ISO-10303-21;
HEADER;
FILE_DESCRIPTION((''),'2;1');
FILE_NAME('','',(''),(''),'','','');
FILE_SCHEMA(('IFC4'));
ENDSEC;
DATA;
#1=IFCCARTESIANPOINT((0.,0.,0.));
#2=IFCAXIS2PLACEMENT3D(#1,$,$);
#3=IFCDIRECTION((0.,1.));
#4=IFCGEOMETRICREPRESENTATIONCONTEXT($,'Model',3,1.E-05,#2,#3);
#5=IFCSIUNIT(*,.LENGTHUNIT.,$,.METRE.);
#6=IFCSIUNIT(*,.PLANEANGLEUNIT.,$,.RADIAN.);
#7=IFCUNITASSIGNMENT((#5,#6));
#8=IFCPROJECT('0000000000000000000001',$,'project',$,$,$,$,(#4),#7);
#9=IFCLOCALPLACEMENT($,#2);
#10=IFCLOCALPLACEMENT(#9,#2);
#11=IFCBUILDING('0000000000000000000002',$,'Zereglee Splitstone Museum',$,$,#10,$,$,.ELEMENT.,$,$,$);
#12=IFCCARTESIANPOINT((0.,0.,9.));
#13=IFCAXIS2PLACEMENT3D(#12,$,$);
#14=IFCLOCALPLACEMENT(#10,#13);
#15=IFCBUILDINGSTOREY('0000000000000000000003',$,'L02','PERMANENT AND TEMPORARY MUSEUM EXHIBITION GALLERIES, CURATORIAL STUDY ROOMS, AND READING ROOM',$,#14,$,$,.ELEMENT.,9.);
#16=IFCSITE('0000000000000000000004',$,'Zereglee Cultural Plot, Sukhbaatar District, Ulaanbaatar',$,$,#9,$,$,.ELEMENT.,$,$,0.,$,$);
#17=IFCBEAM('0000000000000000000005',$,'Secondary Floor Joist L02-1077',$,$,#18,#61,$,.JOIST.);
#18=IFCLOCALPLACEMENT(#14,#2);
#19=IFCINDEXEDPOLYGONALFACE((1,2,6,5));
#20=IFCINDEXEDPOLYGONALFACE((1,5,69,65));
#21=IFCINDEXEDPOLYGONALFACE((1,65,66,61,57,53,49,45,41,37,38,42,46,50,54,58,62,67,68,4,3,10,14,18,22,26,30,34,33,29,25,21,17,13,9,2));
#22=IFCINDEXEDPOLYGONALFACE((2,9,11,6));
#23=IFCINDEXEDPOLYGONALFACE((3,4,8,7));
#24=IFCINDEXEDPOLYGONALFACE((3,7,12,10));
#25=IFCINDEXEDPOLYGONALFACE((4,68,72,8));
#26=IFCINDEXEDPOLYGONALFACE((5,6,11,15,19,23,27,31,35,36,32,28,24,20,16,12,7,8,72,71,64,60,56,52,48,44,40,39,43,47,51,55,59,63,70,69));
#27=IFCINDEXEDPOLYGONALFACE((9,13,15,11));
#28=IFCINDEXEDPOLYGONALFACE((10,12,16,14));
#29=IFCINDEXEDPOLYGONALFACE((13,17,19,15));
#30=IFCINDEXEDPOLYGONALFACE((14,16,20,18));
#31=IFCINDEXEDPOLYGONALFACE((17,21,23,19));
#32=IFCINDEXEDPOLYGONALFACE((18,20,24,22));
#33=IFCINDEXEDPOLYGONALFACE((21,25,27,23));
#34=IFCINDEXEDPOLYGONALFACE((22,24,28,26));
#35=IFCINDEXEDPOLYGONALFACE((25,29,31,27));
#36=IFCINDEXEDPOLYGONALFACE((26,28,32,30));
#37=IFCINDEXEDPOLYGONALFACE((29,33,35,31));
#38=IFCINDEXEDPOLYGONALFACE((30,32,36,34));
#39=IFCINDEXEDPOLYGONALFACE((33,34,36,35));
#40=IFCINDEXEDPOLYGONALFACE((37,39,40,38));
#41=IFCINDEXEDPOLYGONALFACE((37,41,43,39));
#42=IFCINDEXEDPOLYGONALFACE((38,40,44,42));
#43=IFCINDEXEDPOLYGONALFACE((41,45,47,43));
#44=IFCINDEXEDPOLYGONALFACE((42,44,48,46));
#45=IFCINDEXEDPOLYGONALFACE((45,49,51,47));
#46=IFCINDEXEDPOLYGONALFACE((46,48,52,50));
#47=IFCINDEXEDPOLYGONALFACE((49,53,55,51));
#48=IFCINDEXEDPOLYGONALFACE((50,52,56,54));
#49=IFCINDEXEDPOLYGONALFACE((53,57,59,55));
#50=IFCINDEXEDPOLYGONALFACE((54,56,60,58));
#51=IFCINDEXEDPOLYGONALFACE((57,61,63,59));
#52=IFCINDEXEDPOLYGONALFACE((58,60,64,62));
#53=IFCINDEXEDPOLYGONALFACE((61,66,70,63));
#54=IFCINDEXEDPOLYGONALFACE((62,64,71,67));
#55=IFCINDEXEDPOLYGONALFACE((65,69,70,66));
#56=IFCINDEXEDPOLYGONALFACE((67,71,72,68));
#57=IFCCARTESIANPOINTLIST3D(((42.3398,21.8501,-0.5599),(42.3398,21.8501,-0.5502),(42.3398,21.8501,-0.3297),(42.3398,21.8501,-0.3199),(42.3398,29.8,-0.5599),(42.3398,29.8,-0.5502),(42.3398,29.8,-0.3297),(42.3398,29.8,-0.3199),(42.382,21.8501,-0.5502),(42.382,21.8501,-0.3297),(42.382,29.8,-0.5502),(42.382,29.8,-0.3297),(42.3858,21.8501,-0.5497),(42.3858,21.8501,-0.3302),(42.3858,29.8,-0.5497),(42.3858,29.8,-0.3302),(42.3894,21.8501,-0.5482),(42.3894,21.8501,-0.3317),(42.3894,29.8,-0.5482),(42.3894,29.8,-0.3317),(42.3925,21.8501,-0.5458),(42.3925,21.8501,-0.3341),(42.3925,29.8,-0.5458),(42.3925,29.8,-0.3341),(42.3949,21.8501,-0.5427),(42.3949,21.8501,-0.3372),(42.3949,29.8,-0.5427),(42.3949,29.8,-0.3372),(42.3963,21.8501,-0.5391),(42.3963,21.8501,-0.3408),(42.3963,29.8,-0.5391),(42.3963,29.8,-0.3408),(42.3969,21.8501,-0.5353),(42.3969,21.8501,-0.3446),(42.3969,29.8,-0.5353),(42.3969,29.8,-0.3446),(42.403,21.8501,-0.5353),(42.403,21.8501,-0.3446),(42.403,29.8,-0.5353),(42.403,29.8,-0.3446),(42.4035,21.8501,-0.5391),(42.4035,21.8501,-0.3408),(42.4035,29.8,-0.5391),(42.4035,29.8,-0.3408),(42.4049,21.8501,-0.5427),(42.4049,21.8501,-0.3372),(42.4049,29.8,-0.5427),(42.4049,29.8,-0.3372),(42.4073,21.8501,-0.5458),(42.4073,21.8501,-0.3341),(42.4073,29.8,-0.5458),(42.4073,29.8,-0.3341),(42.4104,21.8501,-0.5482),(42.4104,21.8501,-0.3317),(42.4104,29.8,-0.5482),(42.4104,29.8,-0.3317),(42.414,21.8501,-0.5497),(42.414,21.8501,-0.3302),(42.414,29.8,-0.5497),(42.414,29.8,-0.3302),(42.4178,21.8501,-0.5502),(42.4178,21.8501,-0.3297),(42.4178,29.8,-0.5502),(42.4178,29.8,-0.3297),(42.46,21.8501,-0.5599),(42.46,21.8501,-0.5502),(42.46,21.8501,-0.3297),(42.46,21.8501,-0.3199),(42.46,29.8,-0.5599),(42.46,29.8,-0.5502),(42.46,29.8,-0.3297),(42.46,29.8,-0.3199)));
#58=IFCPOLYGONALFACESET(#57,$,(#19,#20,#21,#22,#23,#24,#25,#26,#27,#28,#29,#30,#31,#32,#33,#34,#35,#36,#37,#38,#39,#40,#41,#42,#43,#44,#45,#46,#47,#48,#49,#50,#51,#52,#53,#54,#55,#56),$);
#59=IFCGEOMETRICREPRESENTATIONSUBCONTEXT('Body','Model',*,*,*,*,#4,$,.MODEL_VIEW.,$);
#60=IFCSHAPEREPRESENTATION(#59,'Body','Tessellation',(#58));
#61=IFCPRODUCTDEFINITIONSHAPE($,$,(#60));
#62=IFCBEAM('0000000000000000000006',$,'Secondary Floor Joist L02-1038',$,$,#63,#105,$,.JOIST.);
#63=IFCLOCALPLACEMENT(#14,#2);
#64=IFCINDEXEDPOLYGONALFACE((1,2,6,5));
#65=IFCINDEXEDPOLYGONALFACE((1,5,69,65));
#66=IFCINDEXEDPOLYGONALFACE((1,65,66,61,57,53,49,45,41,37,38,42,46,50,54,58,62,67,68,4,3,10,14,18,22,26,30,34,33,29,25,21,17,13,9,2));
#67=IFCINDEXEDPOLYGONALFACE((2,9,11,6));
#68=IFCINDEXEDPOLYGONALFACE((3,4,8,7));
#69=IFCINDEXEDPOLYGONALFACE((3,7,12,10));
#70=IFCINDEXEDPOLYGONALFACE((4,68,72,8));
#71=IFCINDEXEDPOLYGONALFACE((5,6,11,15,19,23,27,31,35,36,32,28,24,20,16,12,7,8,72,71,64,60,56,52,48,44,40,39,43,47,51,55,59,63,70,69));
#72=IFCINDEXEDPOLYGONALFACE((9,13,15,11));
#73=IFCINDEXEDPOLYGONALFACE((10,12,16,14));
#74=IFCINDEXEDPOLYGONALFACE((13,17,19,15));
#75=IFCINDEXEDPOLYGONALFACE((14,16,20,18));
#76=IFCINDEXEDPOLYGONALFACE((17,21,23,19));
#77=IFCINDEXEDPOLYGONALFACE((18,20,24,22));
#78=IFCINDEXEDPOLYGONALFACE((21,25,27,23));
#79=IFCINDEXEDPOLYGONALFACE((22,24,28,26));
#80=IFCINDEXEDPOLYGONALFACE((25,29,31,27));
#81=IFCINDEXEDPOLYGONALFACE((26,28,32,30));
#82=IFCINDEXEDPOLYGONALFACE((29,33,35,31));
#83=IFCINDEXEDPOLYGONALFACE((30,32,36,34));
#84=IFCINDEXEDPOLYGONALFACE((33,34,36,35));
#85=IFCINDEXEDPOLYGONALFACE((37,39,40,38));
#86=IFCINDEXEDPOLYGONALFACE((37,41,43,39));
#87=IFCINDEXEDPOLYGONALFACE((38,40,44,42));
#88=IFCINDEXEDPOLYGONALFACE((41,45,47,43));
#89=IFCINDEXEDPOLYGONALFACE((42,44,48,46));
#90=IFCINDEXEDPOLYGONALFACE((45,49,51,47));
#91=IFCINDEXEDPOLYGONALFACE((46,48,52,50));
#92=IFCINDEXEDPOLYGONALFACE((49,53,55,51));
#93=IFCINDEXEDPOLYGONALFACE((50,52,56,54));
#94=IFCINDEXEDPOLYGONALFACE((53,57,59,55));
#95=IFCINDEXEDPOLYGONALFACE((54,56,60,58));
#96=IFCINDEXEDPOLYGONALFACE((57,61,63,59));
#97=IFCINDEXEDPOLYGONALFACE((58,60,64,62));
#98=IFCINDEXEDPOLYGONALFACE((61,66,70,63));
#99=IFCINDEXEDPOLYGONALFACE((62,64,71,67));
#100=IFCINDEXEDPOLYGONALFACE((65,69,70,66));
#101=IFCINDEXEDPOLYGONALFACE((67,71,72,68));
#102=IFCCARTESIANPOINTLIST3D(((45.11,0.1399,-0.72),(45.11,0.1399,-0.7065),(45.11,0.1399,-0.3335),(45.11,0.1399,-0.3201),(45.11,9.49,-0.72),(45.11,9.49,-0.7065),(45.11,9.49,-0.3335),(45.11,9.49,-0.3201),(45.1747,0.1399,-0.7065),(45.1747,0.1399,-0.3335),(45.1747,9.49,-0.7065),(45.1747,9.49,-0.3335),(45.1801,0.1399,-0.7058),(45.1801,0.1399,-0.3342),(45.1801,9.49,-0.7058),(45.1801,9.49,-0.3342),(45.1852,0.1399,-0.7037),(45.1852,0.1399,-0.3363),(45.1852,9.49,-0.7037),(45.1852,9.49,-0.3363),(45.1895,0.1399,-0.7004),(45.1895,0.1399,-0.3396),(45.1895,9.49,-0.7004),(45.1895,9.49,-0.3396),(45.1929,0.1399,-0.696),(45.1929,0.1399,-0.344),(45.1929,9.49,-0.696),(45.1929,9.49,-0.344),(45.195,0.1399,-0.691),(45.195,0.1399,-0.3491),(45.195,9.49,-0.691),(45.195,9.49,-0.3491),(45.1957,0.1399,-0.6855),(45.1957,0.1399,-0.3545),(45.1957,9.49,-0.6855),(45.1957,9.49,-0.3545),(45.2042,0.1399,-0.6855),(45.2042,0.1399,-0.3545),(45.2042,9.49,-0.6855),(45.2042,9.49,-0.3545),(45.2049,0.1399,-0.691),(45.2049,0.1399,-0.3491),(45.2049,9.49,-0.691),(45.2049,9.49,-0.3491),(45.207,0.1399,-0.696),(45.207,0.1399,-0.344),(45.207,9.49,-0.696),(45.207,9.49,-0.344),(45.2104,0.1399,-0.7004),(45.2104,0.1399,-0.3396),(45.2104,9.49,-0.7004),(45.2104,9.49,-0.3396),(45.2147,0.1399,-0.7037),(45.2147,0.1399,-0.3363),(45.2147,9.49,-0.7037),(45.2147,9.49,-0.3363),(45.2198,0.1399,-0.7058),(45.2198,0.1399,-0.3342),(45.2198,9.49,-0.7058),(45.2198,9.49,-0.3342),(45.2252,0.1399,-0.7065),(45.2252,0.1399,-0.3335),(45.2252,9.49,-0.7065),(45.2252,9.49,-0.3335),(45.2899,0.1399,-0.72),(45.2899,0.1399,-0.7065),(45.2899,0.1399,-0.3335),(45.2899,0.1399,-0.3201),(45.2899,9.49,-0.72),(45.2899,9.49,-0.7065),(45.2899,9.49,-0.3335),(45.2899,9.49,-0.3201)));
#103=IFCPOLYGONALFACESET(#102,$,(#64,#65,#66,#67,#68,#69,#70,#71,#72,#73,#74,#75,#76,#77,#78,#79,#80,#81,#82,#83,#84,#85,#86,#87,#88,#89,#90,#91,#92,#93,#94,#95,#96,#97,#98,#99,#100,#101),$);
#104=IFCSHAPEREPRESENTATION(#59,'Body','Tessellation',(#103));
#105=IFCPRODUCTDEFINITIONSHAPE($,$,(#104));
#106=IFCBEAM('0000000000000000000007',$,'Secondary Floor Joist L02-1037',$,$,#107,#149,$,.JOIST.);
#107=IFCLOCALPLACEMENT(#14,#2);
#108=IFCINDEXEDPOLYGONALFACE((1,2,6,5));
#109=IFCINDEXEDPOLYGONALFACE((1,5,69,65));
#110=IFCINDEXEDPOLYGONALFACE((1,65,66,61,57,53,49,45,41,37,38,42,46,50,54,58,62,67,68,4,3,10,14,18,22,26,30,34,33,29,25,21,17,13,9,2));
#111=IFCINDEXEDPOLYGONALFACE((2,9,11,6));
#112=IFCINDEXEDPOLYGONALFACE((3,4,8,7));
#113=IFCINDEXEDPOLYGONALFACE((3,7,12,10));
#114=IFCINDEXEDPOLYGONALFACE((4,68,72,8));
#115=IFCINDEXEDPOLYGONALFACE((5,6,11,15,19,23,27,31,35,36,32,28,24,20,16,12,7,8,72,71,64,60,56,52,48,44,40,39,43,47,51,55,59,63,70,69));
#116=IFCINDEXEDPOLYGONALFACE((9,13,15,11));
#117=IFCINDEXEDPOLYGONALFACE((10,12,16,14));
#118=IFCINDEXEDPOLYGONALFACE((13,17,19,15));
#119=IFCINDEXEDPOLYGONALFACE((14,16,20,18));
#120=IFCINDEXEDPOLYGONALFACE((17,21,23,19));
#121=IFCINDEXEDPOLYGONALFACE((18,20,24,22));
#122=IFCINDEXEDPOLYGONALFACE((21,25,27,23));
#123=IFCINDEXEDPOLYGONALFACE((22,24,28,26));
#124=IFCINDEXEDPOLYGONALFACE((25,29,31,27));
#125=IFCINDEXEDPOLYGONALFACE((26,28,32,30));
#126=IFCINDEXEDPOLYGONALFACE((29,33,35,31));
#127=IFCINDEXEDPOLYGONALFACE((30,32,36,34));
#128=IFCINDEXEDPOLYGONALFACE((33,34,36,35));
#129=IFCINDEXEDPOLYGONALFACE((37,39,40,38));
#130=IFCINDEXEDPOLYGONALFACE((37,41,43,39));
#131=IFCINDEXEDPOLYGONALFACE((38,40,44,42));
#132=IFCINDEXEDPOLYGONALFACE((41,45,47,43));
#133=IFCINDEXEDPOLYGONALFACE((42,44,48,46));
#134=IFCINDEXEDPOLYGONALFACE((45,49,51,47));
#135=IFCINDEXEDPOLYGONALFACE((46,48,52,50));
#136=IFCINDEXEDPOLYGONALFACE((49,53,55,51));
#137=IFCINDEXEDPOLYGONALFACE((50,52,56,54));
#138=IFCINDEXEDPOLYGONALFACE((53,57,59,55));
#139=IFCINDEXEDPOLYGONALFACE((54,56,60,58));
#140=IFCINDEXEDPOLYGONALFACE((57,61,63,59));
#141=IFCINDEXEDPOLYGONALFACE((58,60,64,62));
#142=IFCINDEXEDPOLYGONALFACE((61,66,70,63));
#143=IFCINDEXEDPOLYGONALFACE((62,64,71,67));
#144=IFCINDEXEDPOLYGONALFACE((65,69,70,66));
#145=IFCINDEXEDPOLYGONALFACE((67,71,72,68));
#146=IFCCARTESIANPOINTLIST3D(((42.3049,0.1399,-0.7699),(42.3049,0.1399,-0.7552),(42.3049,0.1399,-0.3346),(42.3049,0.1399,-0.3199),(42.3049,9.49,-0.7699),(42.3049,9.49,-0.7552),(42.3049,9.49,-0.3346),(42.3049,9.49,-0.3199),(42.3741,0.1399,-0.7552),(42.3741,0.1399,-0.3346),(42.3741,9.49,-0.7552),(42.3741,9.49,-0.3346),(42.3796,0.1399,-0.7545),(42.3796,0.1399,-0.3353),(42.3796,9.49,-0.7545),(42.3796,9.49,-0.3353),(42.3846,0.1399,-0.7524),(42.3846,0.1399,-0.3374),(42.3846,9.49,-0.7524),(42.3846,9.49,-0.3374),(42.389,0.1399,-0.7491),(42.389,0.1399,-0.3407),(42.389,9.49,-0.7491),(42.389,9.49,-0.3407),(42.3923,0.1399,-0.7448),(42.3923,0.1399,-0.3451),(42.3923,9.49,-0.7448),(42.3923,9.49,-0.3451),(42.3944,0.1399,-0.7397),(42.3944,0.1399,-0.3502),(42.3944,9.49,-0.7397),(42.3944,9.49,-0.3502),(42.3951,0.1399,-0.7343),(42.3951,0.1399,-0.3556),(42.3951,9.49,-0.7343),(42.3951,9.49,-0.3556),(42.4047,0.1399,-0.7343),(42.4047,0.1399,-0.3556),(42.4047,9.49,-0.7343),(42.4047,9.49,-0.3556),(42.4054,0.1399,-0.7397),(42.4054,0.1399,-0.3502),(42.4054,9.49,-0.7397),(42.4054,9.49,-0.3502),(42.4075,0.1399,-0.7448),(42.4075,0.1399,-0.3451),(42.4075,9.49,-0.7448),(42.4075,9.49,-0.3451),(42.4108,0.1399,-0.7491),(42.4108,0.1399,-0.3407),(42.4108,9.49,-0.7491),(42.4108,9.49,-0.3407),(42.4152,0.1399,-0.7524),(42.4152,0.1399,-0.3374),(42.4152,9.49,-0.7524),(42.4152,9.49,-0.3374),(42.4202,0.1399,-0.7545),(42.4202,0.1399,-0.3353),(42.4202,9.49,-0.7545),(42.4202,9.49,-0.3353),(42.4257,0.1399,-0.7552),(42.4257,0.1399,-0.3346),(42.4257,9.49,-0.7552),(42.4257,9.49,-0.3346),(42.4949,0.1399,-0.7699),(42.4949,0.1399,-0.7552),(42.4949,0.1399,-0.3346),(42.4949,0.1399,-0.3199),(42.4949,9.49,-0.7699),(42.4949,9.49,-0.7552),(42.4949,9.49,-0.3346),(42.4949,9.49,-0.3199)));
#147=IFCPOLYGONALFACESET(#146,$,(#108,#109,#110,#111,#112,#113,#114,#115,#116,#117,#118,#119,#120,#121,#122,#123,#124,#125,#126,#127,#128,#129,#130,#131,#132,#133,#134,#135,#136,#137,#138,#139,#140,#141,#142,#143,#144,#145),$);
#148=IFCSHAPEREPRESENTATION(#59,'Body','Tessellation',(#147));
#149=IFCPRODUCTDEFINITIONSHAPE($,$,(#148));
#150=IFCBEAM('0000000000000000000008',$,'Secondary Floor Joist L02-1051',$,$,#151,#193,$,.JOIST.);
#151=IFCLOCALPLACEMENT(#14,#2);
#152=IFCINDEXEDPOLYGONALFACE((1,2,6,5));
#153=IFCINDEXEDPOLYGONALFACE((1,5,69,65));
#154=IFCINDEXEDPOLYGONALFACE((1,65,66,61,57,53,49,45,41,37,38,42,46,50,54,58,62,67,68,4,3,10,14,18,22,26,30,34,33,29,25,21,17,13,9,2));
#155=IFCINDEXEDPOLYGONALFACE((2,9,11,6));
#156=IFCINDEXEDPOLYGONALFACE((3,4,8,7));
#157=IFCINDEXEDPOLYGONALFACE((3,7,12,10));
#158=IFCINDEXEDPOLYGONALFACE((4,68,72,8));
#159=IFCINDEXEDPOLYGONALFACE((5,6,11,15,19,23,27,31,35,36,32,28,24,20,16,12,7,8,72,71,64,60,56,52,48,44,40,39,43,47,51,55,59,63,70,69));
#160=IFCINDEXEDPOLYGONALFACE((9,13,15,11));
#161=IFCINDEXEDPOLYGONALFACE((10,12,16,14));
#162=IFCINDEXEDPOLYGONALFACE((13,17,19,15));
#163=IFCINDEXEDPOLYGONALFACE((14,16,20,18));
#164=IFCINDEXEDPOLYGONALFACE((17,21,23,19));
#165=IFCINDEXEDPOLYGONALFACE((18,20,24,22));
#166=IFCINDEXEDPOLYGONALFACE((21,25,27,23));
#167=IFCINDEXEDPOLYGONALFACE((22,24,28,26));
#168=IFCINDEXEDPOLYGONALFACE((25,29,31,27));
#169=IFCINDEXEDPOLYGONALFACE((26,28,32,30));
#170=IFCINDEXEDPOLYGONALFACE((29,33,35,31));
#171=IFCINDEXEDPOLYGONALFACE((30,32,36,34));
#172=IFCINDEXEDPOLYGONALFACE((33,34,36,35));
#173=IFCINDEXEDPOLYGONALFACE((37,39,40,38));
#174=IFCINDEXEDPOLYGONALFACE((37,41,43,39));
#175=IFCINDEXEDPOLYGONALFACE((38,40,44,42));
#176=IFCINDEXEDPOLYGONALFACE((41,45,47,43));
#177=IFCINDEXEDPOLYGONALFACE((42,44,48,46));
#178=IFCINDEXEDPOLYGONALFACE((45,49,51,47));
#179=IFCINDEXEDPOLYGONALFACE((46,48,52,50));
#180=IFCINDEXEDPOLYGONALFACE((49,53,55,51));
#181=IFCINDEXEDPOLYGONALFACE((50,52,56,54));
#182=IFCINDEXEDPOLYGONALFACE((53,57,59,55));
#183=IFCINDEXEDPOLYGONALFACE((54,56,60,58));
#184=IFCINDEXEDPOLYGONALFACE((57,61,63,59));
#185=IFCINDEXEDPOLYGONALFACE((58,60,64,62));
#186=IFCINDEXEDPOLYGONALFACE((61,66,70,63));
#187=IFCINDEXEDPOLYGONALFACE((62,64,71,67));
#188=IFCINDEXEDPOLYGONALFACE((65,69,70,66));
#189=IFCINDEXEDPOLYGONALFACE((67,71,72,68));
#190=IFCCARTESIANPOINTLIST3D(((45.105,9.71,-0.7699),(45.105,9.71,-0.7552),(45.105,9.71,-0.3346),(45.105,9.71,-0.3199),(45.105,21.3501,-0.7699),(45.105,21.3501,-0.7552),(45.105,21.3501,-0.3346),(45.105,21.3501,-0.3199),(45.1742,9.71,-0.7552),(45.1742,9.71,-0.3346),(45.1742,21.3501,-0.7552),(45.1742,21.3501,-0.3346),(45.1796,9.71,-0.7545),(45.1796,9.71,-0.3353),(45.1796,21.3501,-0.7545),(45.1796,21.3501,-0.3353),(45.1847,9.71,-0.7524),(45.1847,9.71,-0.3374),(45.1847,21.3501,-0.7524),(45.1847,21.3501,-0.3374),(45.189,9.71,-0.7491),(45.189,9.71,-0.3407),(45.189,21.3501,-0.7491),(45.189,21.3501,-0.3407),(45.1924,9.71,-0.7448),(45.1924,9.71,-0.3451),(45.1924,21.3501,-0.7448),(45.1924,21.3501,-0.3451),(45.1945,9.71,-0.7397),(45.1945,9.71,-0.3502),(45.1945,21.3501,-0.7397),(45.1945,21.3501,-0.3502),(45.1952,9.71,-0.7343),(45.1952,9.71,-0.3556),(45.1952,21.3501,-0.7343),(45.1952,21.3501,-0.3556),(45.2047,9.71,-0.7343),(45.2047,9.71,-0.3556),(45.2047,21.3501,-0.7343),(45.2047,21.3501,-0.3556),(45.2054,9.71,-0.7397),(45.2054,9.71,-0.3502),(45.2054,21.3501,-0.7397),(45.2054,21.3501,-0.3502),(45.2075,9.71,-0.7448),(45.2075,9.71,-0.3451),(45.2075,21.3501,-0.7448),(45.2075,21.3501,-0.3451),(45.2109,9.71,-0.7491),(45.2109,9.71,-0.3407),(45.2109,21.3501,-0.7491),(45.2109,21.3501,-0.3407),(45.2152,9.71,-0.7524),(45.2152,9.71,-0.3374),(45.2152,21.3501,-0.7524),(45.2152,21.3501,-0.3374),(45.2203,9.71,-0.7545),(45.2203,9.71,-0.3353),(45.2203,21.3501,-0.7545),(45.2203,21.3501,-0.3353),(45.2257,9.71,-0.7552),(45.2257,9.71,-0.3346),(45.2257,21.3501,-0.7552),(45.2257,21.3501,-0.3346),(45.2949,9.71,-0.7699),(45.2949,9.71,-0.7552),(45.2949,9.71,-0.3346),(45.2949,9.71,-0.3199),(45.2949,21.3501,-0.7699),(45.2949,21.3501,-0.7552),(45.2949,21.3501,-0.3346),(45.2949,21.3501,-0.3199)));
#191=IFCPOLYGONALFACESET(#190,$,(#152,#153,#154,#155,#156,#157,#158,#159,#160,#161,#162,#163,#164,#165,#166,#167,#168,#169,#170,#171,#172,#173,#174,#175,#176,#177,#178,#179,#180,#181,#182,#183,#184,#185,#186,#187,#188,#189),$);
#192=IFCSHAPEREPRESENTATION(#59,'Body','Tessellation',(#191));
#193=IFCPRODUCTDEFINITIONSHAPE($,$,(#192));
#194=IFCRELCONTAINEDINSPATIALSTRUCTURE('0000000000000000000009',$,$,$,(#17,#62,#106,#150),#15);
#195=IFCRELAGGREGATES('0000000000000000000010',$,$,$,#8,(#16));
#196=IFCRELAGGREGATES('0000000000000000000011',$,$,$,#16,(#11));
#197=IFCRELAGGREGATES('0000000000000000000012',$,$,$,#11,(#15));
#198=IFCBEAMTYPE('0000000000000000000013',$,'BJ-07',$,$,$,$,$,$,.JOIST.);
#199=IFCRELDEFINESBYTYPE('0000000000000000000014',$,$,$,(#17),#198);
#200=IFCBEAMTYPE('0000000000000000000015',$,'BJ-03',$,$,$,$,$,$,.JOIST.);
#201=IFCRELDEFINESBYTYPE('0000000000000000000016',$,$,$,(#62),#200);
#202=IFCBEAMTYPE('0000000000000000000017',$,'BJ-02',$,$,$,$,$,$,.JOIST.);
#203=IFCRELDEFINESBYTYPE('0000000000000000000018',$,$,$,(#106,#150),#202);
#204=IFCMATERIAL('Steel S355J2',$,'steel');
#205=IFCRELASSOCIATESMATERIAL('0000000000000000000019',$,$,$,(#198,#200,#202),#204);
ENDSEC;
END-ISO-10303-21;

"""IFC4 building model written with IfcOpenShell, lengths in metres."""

from ifc_helpers import new_model, si_unit, direction, frame, origin, origin_2d, place, context, subcontext, project, spatial, i_section, extrude, material, material_profile, profile_set, type_object, element, save


model = new_model("IFC4")

# Units and contexts
model_context = context("Model", 3, precision=1e-05, world=origin(), true_north=direction((0.0, 1.0)))
body_context = subcontext(model_context, "Body", "Model", "MODEL_VIEW")
ifc_project = project(units=[si_unit("LENGTHUNIT", "METRE"), si_unit("PLANEANGLEUNIT", "RADIAN")], contexts=[model_context])

# Site, building, storey
site_placement = place(None, origin())
site = spatial("IfcSite", under=ifc_project, at=site_placement, Name="Zereglee Cultural Plot, Sukhbaatar District, Ulaanbaatar", CompositionType="ELEMENT", RefElevation=0.0)
building_placement = place(site_placement, origin())
building = spatial("IfcBuilding", under=site, at=building_placement, Name="Zereglee Splitstone Museum", CompositionType="ELEMENT")
storey_placement = place(building_placement, frame((0.0, 0.0, 9.0)))
storey = spatial("IfcBuildingStorey", under=building, at=storey_placement, Name="L02", Description="PERMANENT AND TEMPORARY MUSEUM EXHIBITION GALLERIES, CURATORIAL STUDY ROOMS, AND READING ROOM", CompositionType="ELEMENT", Elevation=9.0)

# Shared definitions
ifc_material_1 = material(Name="Steel S355J2", Category="steel")

# Beams
ifc_material_profile_1 = material_profile(ifc_material_1, i_section(OverallWidth=0.1201, OverallDepth=0.24, WebThickness=0.0061, FlangeThickness=0.0098, FilletRadius=0.0149, at=origin_2d()), Name="IPE 240")
ifc_profile_set_1 = profile_set([ifc_material_profile_1], Name="Steel S355J2")
beam_type_1 = type_object("IfcBeamType", Name="BJ-07", PredefinedType="JOIST", material=ifc_profile_set_1)
beam_1_placement = place(storey_placement, frame((42.3999, 21.8501, -0.4399), z_axis=(0.0, 1.0, 0.0), x_axis=(-1.0, 0.0, 0.0)))
element("IfcBeam", 1, at=beam_1_placement, inside=storey, type_object=beam_type_1, Name="Secondary Floor Joist L02-1077", PredefinedType="JOIST", context=body_context, shape_type="SweptSolid", body=[
    extrude(i_section(OverallWidth=0.1201, OverallDepth=0.24, WebThickness=0.0061, FlangeThickness=0.0098, FilletRadius=0.0149, at=origin_2d()), origin(), (0.0, 0.0, 1.0), 7.95),
])
ifc_material_profile_2 = material_profile(ifc_material_1, i_section(OverallWidth=0.1799, OverallDepth=0.3999, WebThickness=0.0085, FlangeThickness=0.0134, FilletRadius=0.021, at=origin_2d()), Name="IPE 400")
ifc_profile_set_2 = profile_set([ifc_material_profile_2], Name="Steel S355J2")
beam_type_2 = type_object("IfcBeamType", Name="BJ-03", PredefinedType="JOIST", material=ifc_profile_set_2)
beam_2_placement = place(storey_placement, frame((45.2, 0.1399, -0.52), z_axis=(0.0, 1.0, 0.0), x_axis=(-1.0, 0.0, 0.0)))
element("IfcBeam", 2, at=beam_2_placement, inside=storey, type_object=beam_type_2, Name="Secondary Floor Joist L02-1038", PredefinedType="JOIST", context=body_context, shape_type="SweptSolid", body=[
    extrude(i_section(OverallWidth=0.1799, OverallDepth=0.3999, WebThickness=0.0085, FlangeThickness=0.0134, FilletRadius=0.021, at=origin_2d()), origin(), (0.0, 0.0, 1.0), 9.3501),
])
ifc_material_profile_3 = material_profile(ifc_material_1, i_section(OverallWidth=0.1899, OverallDepth=0.45, WebThickness=0.0095, FlangeThickness=0.0146, FilletRadius=0.021, at=origin_2d()), Name="IPE 450")
ifc_profile_set_3 = profile_set([ifc_material_profile_3], Name="Steel S355J2")
beam_type_3 = type_object("IfcBeamType", Name="BJ-02", PredefinedType="JOIST", material=ifc_profile_set_3)
beam_3_placement = place(storey_placement, frame((42.3999, 0.1399, -0.5449), z_axis=(0.0, 1.0, 0.0), x_axis=(-1.0, 0.0, 0.0)))
element("IfcBeam", 3, at=beam_3_placement, inside=storey, type_object=beam_type_3, Name="Secondary Floor Joist L02-1037", PredefinedType="JOIST", context=body_context, shape_type="SweptSolid", body=[
    extrude(i_section(OverallWidth=0.1899, OverallDepth=0.45, WebThickness=0.0095, FlangeThickness=0.0146, FilletRadius=0.021, at=origin_2d()), origin(), (0.0, 0.0, 1.0), 9.3501),
])
beam_4_placement = place(storey_placement, frame((45.2, 9.71, -0.5449), z_axis=(0.0, 1.0, 0.0), x_axis=(-1.0, 0.0, 0.0)))
element("IfcBeam", 4, at=beam_4_placement, inside=storey, type_object=beam_type_3, Name="Secondary Floor Joist L02-1051", PredefinedType="JOIST", context=body_context, shape_type="SweptSolid", body=[
    extrude(i_section(OverallWidth=0.1899, OverallDepth=0.45, WebThickness=0.0095, FlangeThickness=0.0146, FilletRadius=0.021, at=origin_2d()), origin(), (0.0, 0.0, 1.0), 11.6401),
])

save(model, "model.ifc")
